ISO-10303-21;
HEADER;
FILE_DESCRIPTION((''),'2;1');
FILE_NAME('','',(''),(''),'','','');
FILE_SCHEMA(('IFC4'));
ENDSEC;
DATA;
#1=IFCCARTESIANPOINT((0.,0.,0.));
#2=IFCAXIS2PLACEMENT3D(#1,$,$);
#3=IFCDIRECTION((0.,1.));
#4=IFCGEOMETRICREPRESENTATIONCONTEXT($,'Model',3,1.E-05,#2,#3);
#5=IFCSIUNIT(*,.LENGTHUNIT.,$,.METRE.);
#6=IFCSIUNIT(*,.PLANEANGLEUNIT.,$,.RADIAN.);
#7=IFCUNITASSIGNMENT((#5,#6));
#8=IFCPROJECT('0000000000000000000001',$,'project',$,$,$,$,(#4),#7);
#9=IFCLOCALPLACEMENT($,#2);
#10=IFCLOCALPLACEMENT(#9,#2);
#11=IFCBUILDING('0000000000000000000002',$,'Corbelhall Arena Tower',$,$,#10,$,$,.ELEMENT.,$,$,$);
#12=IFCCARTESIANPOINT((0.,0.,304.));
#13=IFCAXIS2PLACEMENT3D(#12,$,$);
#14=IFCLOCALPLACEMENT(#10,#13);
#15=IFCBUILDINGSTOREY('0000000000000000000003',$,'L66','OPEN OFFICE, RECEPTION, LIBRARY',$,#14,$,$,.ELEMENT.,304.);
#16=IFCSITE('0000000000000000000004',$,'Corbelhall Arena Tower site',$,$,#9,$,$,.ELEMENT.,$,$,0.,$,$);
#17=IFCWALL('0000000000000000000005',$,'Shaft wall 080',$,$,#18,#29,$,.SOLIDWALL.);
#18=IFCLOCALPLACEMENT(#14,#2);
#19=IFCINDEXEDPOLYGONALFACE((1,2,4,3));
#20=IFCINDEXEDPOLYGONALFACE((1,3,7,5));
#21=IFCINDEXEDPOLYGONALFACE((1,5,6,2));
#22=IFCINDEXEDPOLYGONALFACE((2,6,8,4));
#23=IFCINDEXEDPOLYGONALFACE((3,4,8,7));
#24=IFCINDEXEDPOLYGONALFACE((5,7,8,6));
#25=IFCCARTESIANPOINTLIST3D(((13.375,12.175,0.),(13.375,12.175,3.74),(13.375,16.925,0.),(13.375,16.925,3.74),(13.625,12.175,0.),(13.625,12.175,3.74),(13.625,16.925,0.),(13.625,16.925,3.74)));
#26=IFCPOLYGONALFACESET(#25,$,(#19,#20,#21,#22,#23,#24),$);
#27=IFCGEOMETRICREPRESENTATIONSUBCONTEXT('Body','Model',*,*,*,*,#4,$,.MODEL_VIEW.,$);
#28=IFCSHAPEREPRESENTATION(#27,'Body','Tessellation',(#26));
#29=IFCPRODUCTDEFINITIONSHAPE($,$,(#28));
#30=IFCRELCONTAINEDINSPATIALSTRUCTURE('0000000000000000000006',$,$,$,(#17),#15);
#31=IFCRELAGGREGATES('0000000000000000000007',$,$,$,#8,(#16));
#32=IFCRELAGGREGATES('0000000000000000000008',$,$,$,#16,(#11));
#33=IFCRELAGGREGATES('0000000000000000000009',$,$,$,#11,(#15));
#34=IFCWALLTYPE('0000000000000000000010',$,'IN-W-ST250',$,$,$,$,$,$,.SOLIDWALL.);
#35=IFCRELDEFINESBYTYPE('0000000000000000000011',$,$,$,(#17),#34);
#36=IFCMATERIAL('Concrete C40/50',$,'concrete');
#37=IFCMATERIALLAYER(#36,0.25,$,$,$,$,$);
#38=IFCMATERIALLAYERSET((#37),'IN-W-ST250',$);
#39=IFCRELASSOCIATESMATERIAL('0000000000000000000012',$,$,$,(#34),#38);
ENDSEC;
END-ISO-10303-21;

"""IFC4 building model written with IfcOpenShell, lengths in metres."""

from ifc_helpers import new_model, si_unit, direction, frame, frame_2d, origin, place, context, subcontext, project, spatial, rectangle, extrude, material, layer, layer_set, type_object, element, save


model = new_model("IFC4")

# Units and contexts
model_context = context("Model", 3, precision=1e-05, world=origin(), true_north=direction((0.0, 1.0)))
body_context = subcontext(model_context, "Body", "Model", "MODEL_VIEW")
ifc_project = project(units=[si_unit("LENGTHUNIT", "METRE"), si_unit("PLANEANGLEUNIT", "RADIAN")], contexts=[model_context])

# Site, building, storey
site_placement = place(None, origin())
site = spatial("IfcSite", under=ifc_project, at=site_placement, Name="Corbelhall Arena Tower site", CompositionType="ELEMENT", RefElevation=0.0)
building_placement = place(site_placement, origin())
building = spatial("IfcBuilding", under=site, at=building_placement, Name="Corbelhall Arena Tower", CompositionType="ELEMENT")
storey_placement = place(building_placement, frame((0.0, 0.0, 304.0)))
storey = spatial("IfcBuildingStorey", under=building, at=storey_placement, Name="L66", Description="OPEN OFFICE, RECEPTION, LIBRARY", CompositionType="ELEMENT", Elevation=304.0)

# Wall
ifc_material_1 = material(Name="Concrete C40/50", Category="concrete")
ifc_layer_1 = layer(ifc_material_1, 0.25)
ifc_layer_set_1 = layer_set([ifc_layer_1], Name="IN-W-ST250")
wall_type_1 = type_object("IfcWallType", Name="IN-W-ST250", PredefinedType="SOLIDWALL", material=ifc_layer_set_1)
wall_1_placement = place(storey_placement, frame((13.5, 12.175, 0.0), z_axis=(0.0, 0.0, 1.0), x_axis=(0.0, 1.0, 0.0)))
element("IfcWall", 1, at=wall_1_placement, inside=storey, type_object=wall_type_1, Name="Shaft wall 080", PredefinedType="SOLIDWALL", context=body_context, shape_type="SweptSolid", body=[
    extrude(rectangle(XDim=4.75, YDim=0.25, at=frame_2d((2.375, 0.0))), origin(), (0.0, 0.0, 1.0), 3.74),
])

save(model, "model.ifc")
